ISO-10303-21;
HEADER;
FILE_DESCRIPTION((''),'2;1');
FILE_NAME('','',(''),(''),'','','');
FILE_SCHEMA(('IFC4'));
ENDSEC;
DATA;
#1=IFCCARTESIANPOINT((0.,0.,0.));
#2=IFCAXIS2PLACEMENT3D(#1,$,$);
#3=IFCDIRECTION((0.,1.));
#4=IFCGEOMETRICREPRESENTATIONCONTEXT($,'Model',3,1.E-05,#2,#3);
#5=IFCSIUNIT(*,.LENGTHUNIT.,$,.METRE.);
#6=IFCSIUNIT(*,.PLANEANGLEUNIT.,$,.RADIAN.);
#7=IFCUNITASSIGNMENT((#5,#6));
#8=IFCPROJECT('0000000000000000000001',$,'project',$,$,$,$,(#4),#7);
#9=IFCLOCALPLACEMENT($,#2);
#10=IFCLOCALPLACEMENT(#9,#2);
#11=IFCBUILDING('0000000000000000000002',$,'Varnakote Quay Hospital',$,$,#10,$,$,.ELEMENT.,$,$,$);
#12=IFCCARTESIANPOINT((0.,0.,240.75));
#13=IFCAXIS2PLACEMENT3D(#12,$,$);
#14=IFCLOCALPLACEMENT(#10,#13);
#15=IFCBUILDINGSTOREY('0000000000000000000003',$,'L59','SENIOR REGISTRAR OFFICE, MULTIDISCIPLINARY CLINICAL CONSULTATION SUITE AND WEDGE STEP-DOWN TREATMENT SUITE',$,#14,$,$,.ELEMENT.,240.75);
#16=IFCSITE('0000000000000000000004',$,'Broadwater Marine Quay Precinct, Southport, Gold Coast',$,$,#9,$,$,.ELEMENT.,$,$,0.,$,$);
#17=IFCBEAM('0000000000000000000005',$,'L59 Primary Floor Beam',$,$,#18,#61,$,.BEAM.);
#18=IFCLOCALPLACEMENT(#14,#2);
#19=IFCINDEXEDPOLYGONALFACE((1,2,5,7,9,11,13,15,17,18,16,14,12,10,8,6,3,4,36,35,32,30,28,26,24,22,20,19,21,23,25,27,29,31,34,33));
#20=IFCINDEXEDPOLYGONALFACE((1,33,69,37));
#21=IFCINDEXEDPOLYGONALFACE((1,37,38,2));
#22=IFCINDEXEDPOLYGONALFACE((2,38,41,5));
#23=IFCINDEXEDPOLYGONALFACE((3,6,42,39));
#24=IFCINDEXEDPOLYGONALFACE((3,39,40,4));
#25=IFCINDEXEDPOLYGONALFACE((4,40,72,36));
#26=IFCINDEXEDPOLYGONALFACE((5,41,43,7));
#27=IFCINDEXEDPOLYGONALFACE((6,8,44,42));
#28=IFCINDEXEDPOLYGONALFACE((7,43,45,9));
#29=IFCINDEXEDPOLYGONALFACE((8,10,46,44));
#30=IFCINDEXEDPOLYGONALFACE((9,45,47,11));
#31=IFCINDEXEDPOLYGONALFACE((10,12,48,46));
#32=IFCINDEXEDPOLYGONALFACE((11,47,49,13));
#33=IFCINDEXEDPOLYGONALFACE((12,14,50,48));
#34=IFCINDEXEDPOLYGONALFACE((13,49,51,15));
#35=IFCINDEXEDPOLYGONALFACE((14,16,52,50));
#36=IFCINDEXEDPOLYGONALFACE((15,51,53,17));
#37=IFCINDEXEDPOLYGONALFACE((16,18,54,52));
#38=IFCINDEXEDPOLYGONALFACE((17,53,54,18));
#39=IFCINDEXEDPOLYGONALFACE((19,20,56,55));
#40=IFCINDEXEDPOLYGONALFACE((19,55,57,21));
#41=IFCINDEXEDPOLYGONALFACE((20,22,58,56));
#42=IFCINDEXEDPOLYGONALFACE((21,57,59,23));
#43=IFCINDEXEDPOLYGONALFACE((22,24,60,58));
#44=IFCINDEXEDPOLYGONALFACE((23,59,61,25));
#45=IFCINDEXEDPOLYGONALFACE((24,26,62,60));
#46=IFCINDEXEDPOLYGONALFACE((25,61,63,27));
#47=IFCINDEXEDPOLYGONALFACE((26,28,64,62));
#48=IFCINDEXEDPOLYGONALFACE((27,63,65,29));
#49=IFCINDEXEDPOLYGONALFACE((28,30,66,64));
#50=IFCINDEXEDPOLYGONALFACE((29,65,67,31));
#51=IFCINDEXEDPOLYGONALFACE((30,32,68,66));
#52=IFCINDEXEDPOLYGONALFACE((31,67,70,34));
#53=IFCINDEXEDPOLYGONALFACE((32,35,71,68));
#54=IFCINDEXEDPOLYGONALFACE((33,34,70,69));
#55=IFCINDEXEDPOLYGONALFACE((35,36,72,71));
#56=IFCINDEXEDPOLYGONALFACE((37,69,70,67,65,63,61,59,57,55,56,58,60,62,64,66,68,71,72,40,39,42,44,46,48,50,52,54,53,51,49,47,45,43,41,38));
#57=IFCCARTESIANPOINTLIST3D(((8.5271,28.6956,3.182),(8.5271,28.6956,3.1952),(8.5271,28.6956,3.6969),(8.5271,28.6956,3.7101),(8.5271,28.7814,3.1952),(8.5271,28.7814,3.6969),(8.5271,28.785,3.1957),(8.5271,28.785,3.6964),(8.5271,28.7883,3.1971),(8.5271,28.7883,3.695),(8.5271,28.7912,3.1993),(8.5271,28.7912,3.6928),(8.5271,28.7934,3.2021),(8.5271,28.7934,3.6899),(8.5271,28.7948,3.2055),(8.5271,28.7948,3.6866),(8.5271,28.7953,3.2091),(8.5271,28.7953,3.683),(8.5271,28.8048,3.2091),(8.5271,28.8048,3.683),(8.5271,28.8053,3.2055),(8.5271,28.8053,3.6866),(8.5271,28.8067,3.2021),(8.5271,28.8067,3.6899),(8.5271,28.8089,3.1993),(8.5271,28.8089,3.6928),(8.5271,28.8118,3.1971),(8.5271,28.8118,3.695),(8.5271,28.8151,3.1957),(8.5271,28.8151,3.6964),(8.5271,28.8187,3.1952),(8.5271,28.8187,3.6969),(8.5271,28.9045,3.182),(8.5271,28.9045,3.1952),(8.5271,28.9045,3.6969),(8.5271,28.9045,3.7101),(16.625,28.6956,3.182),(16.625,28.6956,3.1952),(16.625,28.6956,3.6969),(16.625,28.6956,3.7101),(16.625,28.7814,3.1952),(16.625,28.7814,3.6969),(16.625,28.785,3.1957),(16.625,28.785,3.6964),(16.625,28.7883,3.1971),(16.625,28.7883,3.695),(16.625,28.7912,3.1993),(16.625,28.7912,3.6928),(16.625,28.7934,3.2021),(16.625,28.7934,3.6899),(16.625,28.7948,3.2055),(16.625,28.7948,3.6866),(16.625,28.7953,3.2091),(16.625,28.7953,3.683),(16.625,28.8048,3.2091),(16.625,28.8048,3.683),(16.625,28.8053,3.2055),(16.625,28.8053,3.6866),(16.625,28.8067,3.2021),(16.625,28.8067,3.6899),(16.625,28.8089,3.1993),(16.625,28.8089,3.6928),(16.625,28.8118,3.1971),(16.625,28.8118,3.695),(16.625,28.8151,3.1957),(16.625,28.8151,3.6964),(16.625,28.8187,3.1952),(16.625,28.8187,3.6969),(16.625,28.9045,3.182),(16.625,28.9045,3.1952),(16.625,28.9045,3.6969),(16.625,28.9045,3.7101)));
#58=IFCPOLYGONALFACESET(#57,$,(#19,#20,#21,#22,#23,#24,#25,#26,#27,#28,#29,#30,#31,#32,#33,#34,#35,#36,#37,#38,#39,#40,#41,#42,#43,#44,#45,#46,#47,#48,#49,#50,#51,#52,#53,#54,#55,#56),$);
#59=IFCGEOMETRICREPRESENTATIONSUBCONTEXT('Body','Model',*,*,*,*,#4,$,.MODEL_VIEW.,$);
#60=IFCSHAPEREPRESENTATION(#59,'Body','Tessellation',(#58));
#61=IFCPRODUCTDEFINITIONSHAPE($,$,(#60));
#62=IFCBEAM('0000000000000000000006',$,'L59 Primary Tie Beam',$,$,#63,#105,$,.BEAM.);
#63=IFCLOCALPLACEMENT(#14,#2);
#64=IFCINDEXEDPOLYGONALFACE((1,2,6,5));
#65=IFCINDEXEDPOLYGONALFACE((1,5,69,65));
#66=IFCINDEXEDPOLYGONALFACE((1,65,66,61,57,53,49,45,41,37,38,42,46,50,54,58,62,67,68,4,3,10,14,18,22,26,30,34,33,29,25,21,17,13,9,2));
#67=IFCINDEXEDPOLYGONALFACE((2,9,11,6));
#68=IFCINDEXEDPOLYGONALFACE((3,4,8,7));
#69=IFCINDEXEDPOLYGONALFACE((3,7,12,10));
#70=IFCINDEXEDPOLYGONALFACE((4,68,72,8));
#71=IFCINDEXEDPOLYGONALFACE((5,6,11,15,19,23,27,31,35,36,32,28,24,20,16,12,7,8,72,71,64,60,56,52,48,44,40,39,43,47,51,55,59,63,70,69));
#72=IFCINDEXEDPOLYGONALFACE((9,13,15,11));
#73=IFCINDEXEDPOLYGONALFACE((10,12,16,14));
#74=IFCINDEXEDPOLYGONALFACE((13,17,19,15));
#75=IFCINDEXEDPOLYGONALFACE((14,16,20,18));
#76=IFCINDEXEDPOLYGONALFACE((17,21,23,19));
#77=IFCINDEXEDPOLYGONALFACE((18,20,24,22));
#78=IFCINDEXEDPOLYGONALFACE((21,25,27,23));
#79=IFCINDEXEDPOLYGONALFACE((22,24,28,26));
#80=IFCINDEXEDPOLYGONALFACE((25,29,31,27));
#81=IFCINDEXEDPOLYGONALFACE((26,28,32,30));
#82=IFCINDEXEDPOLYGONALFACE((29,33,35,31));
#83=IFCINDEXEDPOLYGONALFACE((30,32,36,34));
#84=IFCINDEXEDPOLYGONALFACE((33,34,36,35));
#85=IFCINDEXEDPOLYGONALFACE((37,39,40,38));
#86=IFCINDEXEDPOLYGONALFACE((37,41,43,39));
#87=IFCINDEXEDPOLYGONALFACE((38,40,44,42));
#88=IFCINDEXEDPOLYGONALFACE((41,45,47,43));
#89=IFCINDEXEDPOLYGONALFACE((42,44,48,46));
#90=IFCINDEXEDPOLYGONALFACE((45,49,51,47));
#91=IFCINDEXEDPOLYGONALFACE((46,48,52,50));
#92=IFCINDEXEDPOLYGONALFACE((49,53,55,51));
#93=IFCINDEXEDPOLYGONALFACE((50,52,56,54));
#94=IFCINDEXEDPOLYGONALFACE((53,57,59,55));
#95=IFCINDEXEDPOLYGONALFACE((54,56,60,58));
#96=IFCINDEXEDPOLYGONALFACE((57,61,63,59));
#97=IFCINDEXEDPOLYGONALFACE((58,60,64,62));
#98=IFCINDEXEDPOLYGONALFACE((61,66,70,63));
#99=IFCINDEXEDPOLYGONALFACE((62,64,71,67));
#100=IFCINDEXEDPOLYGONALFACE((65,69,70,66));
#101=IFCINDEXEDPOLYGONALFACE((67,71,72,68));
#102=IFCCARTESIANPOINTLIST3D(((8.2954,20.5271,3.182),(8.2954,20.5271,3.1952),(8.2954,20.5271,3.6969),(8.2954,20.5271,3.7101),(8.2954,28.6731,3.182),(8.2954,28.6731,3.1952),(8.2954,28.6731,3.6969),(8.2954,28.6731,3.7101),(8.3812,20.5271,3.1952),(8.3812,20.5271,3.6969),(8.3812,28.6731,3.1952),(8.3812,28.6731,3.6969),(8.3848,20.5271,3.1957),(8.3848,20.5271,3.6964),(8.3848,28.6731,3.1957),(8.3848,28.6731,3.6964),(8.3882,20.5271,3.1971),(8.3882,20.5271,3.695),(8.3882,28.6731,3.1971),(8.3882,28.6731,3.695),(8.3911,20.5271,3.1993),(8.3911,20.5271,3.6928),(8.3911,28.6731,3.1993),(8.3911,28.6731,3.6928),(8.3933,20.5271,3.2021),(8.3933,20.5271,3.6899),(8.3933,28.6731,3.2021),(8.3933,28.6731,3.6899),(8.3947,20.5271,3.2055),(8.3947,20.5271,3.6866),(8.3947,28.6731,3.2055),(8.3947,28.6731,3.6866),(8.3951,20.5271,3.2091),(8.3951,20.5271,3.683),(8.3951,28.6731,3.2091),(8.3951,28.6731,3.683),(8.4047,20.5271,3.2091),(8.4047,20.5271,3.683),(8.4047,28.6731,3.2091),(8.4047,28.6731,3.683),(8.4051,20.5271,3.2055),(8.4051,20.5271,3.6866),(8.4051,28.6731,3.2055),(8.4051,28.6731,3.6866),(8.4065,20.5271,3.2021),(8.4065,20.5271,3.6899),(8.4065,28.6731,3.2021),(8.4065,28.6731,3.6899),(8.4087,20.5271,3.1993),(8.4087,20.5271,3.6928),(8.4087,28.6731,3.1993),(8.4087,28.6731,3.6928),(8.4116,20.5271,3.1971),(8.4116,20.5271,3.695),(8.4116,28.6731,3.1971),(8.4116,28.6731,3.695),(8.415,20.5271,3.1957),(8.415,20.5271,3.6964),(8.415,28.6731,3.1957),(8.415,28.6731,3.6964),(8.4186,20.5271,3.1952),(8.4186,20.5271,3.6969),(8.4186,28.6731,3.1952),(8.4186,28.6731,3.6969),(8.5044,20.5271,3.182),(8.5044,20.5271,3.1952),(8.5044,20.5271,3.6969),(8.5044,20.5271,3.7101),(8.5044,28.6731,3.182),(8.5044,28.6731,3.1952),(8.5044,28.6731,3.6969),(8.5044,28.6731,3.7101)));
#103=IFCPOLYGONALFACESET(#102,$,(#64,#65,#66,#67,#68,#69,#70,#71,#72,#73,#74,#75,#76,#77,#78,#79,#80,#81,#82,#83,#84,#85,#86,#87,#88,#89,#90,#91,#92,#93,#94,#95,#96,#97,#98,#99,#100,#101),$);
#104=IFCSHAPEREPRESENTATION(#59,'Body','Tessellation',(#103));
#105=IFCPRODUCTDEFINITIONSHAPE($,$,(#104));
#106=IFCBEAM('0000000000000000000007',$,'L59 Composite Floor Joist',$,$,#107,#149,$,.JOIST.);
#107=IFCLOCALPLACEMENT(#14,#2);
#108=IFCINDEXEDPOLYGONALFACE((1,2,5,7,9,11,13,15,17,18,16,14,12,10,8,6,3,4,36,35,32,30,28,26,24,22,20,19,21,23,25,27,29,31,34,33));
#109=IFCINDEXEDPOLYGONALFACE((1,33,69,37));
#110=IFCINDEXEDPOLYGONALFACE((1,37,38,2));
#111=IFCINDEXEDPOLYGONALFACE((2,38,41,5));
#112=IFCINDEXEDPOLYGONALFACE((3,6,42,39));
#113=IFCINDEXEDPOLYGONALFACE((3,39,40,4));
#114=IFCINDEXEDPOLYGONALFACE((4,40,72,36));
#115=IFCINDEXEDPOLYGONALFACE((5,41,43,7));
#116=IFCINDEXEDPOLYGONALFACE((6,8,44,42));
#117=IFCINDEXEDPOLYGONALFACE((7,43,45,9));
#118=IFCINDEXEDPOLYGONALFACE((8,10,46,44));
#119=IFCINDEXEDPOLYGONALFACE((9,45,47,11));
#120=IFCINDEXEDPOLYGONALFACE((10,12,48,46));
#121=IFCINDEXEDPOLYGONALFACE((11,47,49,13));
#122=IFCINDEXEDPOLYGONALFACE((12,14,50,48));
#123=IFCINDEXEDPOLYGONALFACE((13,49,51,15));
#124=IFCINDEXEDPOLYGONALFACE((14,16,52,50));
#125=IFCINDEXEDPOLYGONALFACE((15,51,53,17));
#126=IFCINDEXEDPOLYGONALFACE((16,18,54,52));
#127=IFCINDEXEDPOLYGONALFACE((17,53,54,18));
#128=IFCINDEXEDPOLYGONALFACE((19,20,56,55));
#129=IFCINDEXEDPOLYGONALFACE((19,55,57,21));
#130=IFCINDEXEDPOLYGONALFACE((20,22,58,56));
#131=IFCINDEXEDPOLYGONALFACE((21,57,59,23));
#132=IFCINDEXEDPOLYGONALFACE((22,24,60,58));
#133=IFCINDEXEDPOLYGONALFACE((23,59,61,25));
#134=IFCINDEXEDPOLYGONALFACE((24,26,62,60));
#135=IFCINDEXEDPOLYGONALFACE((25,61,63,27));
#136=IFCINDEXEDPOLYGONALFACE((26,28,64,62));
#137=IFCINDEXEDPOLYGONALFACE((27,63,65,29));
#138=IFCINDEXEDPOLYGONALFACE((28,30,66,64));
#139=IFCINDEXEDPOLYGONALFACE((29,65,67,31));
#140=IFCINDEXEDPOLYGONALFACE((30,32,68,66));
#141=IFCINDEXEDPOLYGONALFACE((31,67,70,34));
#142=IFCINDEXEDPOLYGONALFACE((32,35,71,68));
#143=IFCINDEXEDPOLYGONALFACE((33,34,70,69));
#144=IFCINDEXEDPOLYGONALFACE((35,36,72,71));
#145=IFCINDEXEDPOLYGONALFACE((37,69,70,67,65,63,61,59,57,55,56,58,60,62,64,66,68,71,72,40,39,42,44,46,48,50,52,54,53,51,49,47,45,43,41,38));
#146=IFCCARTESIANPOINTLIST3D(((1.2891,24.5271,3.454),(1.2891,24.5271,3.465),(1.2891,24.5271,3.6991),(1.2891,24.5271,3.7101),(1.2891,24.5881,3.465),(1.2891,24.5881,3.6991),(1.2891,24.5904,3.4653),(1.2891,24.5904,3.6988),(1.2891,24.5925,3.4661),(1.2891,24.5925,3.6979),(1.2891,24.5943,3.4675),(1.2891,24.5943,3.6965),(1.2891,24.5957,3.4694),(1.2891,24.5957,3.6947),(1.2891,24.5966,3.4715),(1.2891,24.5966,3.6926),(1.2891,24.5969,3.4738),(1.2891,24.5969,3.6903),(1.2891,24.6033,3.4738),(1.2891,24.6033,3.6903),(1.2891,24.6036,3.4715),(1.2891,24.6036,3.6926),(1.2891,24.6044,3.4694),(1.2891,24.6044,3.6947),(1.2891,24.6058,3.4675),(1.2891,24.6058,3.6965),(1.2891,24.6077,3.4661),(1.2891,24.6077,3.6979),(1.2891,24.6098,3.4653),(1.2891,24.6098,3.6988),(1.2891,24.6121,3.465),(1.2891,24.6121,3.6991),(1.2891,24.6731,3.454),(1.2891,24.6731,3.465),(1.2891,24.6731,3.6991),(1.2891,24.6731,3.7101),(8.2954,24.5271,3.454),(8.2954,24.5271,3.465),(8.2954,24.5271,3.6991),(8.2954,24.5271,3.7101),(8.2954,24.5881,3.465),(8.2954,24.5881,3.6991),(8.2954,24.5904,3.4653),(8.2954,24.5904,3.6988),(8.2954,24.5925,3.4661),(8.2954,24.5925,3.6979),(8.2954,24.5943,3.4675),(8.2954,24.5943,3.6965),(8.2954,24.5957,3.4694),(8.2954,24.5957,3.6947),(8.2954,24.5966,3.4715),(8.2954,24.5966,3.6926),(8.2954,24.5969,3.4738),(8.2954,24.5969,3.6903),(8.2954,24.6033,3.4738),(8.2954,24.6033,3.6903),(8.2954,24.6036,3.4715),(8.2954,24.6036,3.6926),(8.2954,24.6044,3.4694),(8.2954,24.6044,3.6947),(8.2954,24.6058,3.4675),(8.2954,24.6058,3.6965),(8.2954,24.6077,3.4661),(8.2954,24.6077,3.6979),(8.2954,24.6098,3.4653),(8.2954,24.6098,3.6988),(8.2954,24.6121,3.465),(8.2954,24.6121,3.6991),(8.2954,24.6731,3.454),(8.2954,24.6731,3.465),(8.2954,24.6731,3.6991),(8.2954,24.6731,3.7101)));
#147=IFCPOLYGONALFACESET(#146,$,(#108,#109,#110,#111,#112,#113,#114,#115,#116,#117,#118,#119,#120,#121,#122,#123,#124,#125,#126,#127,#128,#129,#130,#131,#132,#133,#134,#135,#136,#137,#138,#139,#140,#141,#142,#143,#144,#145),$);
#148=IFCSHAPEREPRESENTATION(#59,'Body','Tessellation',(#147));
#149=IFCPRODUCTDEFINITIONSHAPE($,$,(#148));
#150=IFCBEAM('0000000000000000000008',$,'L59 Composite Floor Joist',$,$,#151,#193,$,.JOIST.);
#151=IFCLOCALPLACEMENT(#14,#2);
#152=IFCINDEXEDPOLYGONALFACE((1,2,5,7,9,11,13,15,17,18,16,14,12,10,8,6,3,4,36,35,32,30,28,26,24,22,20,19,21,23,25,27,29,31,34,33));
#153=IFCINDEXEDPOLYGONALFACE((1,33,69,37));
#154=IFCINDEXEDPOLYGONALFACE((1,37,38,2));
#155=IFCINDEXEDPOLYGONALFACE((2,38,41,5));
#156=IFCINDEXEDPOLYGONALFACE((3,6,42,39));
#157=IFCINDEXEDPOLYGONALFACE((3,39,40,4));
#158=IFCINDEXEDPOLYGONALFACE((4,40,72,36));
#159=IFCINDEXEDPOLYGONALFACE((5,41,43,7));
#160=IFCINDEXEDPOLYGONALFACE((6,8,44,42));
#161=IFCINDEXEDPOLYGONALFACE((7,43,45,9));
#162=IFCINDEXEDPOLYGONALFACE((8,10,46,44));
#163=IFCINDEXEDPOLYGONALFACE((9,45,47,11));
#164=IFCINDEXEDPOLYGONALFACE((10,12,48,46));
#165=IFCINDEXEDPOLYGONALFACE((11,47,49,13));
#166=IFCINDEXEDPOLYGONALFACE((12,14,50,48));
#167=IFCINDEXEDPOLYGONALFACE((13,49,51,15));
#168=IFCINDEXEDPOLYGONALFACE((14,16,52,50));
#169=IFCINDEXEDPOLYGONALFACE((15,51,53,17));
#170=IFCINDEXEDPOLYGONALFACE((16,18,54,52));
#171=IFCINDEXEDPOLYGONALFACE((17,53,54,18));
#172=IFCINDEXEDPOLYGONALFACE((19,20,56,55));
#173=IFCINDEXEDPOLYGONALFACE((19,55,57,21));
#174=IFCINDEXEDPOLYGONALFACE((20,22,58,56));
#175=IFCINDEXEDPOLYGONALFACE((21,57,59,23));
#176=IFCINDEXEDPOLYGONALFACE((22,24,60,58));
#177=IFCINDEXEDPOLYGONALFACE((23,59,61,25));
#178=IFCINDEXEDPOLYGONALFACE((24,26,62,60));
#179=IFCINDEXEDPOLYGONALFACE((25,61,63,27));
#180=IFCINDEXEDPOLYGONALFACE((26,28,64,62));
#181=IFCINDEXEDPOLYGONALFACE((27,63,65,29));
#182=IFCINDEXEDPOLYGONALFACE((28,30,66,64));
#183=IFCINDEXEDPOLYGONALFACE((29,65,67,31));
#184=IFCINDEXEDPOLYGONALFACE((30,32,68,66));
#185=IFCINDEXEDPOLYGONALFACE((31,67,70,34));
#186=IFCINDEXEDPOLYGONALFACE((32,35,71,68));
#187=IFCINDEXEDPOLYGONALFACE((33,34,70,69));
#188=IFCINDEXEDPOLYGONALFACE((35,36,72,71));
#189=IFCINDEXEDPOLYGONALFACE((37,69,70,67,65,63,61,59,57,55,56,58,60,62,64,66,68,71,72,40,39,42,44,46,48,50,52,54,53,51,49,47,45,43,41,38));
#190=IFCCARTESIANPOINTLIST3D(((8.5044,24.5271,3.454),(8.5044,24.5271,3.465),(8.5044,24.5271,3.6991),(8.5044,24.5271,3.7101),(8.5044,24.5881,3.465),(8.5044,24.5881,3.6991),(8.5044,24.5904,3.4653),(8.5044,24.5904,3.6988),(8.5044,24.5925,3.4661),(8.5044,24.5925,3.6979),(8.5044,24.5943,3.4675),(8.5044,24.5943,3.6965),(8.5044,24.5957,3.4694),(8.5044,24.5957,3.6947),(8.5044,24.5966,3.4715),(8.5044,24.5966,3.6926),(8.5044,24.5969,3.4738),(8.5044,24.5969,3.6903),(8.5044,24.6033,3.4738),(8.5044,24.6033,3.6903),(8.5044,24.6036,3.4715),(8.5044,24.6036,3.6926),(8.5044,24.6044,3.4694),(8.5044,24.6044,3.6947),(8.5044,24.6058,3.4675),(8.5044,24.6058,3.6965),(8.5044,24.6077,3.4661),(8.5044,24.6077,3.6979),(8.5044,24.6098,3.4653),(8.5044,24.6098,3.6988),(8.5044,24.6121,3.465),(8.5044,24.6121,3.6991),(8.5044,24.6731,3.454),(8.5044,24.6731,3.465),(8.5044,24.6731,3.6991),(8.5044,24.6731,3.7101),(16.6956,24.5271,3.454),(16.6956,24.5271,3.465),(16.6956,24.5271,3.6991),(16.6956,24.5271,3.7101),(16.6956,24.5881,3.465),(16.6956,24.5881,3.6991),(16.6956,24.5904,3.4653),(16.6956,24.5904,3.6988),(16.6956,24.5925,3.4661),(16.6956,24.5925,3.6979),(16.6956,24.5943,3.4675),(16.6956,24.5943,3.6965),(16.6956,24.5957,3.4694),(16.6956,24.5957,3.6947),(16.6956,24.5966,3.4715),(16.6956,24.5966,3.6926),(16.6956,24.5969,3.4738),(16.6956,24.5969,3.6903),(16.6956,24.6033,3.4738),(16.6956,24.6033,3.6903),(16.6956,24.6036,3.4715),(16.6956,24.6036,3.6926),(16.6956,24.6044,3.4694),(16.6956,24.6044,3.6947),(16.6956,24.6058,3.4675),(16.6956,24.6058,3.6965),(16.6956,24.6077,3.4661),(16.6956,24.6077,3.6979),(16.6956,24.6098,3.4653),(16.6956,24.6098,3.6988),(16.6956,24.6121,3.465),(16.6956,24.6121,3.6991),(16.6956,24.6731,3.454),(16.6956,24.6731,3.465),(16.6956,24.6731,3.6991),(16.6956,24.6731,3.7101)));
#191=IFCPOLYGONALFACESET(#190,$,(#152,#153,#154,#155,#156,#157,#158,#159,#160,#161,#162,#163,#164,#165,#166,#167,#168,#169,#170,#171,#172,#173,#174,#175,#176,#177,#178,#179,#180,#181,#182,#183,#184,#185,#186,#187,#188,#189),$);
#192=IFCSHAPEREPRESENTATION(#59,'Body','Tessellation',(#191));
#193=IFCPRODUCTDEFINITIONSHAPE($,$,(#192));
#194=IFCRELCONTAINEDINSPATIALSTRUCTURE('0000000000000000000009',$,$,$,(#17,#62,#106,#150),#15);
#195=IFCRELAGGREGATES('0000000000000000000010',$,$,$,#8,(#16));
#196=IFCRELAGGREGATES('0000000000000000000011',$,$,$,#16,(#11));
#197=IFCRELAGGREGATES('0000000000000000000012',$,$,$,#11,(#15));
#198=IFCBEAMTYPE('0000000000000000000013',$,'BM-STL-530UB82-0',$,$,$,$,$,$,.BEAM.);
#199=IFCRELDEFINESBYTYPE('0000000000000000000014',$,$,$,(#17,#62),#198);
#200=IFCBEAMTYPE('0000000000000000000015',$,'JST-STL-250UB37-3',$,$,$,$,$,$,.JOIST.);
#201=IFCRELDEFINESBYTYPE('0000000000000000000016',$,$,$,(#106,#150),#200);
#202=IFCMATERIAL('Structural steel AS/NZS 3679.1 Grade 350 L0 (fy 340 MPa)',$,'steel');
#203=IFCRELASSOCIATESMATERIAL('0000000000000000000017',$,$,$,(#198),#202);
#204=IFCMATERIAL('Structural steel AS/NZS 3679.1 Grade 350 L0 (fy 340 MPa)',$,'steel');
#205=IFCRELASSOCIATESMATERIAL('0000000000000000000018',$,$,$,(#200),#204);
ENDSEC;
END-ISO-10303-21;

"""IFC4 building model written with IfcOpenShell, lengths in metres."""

from ifc_helpers import new_model, si_unit, direction, frame, origin, origin_2d, place, context, subcontext, project, spatial, i_section, extrude, material, material_profile, profile_set, type_object, element, save


model = new_model("IFC4")

# Units and contexts
model_context = context("Model", 3, precision=1e-05, world=origin(), true_north=direction((0.0, 1.0)))
body_context = subcontext(model_context, "Body", "Model", "MODEL_VIEW")
ifc_project = project(units=[si_unit("LENGTHUNIT", "METRE"), si_unit("PLANEANGLEUNIT", "RADIAN")], contexts=[model_context])

# Site, building, storey
site_placement = place(None, origin())
site = spatial("IfcSite", under=ifc_project, at=site_placement, Name="Broadwater Marine Quay Precinct, Southport, Gold Coast", CompositionType="ELEMENT", RefElevation=0.0)
building_placement = place(site_placement, origin())
building = spatial("IfcBuilding", under=site, at=building_placement, Name="Varnakote Quay Hospital", CompositionType="ELEMENT")
storey_placement = place(building_placement, frame((0.0, 0.0, 240.75)))
storey = spatial("IfcBuildingStorey", under=building, at=storey_placement, Name="L59", Description="SENIOR REGISTRAR OFFICE, MULTIDISCIPLINARY CLINICAL CONSULTATION SUITE AND WEDGE STEP-DOWN TREATMENT SUITE", CompositionType="ELEMENT", Elevation=240.75)

# Beams
ifc_material_1 = material(Name="Structural steel AS/NZS 3679.1 Grade 350 L0 (fy 340 MPa)", Category="steel")
ifc_material_profile_1 = material_profile(ifc_material_1, i_section(OverallWidth=0.209, OverallDepth=0.5281, WebThickness=0.0095, FlangeThickness=0.0132, FilletRadius=0.0139, at=origin_2d()), Name="530UB82.0")
ifc_profile_set_1 = profile_set([ifc_material_profile_1], Name="Structural steel AS/NZS 3679.1 Grade 350 L0 (fy 340 MPa)")
beam_type_1 = type_object("IfcBeamType", Name="BM-STL-530UB82-0", PredefinedType="BEAM", material=ifc_profile_set_1)
beam_1_placement = place(storey_placement, frame((8.5271, 28.8, 3.446), z_axis=(1.0, 0.0, 0.0), x_axis=(0.0, 1.0, 0.0)))
element("IfcBeam", 1, at=beam_1_placement, inside=storey, type_object=beam_type_1, Name="L59 Primary Floor Beam", PredefinedType="BEAM", context=body_context, shape_type="SweptSolid", body=[
    extrude(i_section(OverallWidth=0.209, OverallDepth=0.5281, WebThickness=0.0095, FlangeThickness=0.0132, FilletRadius=0.0139, at=origin_2d()), origin(), (0.0, 0.0, 1.0), 8.0979),
])
beam_2_placement = place(storey_placement, frame((8.3999, 20.5271, 3.446), z_axis=(0.0, 1.0, 0.0), x_axis=(-1.0, 0.0, 0.0)))
element("IfcBeam", 2, at=beam_2_placement, inside=storey, type_object=beam_type_1, Name="L59 Primary Tie Beam", PredefinedType="BEAM", context=body_context, shape_type="SweptSolid", body=[
    extrude(i_section(OverallWidth=0.209, OverallDepth=0.5281, WebThickness=0.0095, FlangeThickness=0.0132, FilletRadius=0.0139, at=origin_2d()), origin(), (0.0, 0.0, 1.0), 8.146),
])
ifc_material_2 = material(Name="Structural steel AS/NZS 3679.1 Grade 350 L0 (fy 340 MPa)", Category="steel")
ifc_material_profile_2 = material_profile(ifc_material_2, i_section(OverallWidth=0.146, OverallDepth=0.2561, WebThickness=0.0063, FlangeThickness=0.011, FilletRadius=0.0088, at=origin_2d()), Name="250UB37.3")
ifc_profile_set_2 = profile_set([ifc_material_profile_2], Name="Structural steel AS/NZS 3679.1 Grade 350 L0 (fy 340 MPa)")
beam_type_2 = type_object("IfcBeamType", Name="JST-STL-250UB37-3", PredefinedType="JOIST", material=ifc_profile_set_2)
beam_3_placement = place(storey_placement, frame((1.2891, 24.6001, 3.582), z_axis=(1.0, 0.0, 0.0), x_axis=(0.0, 1.0, 0.0)))
element("IfcBeam", 3, at=beam_3_placement, inside=storey, type_object=beam_type_2, Name="L59 Composite Floor Joist", PredefinedType="JOIST", context=body_context, shape_type="SweptSolid", body=[
    extrude(i_section(OverallWidth=0.146, OverallDepth=0.2561, WebThickness=0.0063, FlangeThickness=0.011, FilletRadius=0.0088, at=origin_2d()), origin(), (0.0, 0.0, 1.0), 7.0063),
])
beam_4_placement = place(storey_placement, frame((8.5044, 24.6001, 3.582), z_axis=(1.0, 0.0, 0.0), x_axis=(0.0, 1.0, 0.0)))
element("IfcBeam", 4, at=beam_4_placement, inside=storey, type_object=beam_type_2, Name="L59 Composite Floor Joist", PredefinedType="JOIST", context=body_context, shape_type="SweptSolid", body=[
    extrude(i_section(OverallWidth=0.146, OverallDepth=0.2561, WebThickness=0.0063, FlangeThickness=0.011, FilletRadius=0.0088, at=origin_2d()), origin(), (0.0, 0.0, 1.0), 8.1912),
])

save(model, "model.ifc")
